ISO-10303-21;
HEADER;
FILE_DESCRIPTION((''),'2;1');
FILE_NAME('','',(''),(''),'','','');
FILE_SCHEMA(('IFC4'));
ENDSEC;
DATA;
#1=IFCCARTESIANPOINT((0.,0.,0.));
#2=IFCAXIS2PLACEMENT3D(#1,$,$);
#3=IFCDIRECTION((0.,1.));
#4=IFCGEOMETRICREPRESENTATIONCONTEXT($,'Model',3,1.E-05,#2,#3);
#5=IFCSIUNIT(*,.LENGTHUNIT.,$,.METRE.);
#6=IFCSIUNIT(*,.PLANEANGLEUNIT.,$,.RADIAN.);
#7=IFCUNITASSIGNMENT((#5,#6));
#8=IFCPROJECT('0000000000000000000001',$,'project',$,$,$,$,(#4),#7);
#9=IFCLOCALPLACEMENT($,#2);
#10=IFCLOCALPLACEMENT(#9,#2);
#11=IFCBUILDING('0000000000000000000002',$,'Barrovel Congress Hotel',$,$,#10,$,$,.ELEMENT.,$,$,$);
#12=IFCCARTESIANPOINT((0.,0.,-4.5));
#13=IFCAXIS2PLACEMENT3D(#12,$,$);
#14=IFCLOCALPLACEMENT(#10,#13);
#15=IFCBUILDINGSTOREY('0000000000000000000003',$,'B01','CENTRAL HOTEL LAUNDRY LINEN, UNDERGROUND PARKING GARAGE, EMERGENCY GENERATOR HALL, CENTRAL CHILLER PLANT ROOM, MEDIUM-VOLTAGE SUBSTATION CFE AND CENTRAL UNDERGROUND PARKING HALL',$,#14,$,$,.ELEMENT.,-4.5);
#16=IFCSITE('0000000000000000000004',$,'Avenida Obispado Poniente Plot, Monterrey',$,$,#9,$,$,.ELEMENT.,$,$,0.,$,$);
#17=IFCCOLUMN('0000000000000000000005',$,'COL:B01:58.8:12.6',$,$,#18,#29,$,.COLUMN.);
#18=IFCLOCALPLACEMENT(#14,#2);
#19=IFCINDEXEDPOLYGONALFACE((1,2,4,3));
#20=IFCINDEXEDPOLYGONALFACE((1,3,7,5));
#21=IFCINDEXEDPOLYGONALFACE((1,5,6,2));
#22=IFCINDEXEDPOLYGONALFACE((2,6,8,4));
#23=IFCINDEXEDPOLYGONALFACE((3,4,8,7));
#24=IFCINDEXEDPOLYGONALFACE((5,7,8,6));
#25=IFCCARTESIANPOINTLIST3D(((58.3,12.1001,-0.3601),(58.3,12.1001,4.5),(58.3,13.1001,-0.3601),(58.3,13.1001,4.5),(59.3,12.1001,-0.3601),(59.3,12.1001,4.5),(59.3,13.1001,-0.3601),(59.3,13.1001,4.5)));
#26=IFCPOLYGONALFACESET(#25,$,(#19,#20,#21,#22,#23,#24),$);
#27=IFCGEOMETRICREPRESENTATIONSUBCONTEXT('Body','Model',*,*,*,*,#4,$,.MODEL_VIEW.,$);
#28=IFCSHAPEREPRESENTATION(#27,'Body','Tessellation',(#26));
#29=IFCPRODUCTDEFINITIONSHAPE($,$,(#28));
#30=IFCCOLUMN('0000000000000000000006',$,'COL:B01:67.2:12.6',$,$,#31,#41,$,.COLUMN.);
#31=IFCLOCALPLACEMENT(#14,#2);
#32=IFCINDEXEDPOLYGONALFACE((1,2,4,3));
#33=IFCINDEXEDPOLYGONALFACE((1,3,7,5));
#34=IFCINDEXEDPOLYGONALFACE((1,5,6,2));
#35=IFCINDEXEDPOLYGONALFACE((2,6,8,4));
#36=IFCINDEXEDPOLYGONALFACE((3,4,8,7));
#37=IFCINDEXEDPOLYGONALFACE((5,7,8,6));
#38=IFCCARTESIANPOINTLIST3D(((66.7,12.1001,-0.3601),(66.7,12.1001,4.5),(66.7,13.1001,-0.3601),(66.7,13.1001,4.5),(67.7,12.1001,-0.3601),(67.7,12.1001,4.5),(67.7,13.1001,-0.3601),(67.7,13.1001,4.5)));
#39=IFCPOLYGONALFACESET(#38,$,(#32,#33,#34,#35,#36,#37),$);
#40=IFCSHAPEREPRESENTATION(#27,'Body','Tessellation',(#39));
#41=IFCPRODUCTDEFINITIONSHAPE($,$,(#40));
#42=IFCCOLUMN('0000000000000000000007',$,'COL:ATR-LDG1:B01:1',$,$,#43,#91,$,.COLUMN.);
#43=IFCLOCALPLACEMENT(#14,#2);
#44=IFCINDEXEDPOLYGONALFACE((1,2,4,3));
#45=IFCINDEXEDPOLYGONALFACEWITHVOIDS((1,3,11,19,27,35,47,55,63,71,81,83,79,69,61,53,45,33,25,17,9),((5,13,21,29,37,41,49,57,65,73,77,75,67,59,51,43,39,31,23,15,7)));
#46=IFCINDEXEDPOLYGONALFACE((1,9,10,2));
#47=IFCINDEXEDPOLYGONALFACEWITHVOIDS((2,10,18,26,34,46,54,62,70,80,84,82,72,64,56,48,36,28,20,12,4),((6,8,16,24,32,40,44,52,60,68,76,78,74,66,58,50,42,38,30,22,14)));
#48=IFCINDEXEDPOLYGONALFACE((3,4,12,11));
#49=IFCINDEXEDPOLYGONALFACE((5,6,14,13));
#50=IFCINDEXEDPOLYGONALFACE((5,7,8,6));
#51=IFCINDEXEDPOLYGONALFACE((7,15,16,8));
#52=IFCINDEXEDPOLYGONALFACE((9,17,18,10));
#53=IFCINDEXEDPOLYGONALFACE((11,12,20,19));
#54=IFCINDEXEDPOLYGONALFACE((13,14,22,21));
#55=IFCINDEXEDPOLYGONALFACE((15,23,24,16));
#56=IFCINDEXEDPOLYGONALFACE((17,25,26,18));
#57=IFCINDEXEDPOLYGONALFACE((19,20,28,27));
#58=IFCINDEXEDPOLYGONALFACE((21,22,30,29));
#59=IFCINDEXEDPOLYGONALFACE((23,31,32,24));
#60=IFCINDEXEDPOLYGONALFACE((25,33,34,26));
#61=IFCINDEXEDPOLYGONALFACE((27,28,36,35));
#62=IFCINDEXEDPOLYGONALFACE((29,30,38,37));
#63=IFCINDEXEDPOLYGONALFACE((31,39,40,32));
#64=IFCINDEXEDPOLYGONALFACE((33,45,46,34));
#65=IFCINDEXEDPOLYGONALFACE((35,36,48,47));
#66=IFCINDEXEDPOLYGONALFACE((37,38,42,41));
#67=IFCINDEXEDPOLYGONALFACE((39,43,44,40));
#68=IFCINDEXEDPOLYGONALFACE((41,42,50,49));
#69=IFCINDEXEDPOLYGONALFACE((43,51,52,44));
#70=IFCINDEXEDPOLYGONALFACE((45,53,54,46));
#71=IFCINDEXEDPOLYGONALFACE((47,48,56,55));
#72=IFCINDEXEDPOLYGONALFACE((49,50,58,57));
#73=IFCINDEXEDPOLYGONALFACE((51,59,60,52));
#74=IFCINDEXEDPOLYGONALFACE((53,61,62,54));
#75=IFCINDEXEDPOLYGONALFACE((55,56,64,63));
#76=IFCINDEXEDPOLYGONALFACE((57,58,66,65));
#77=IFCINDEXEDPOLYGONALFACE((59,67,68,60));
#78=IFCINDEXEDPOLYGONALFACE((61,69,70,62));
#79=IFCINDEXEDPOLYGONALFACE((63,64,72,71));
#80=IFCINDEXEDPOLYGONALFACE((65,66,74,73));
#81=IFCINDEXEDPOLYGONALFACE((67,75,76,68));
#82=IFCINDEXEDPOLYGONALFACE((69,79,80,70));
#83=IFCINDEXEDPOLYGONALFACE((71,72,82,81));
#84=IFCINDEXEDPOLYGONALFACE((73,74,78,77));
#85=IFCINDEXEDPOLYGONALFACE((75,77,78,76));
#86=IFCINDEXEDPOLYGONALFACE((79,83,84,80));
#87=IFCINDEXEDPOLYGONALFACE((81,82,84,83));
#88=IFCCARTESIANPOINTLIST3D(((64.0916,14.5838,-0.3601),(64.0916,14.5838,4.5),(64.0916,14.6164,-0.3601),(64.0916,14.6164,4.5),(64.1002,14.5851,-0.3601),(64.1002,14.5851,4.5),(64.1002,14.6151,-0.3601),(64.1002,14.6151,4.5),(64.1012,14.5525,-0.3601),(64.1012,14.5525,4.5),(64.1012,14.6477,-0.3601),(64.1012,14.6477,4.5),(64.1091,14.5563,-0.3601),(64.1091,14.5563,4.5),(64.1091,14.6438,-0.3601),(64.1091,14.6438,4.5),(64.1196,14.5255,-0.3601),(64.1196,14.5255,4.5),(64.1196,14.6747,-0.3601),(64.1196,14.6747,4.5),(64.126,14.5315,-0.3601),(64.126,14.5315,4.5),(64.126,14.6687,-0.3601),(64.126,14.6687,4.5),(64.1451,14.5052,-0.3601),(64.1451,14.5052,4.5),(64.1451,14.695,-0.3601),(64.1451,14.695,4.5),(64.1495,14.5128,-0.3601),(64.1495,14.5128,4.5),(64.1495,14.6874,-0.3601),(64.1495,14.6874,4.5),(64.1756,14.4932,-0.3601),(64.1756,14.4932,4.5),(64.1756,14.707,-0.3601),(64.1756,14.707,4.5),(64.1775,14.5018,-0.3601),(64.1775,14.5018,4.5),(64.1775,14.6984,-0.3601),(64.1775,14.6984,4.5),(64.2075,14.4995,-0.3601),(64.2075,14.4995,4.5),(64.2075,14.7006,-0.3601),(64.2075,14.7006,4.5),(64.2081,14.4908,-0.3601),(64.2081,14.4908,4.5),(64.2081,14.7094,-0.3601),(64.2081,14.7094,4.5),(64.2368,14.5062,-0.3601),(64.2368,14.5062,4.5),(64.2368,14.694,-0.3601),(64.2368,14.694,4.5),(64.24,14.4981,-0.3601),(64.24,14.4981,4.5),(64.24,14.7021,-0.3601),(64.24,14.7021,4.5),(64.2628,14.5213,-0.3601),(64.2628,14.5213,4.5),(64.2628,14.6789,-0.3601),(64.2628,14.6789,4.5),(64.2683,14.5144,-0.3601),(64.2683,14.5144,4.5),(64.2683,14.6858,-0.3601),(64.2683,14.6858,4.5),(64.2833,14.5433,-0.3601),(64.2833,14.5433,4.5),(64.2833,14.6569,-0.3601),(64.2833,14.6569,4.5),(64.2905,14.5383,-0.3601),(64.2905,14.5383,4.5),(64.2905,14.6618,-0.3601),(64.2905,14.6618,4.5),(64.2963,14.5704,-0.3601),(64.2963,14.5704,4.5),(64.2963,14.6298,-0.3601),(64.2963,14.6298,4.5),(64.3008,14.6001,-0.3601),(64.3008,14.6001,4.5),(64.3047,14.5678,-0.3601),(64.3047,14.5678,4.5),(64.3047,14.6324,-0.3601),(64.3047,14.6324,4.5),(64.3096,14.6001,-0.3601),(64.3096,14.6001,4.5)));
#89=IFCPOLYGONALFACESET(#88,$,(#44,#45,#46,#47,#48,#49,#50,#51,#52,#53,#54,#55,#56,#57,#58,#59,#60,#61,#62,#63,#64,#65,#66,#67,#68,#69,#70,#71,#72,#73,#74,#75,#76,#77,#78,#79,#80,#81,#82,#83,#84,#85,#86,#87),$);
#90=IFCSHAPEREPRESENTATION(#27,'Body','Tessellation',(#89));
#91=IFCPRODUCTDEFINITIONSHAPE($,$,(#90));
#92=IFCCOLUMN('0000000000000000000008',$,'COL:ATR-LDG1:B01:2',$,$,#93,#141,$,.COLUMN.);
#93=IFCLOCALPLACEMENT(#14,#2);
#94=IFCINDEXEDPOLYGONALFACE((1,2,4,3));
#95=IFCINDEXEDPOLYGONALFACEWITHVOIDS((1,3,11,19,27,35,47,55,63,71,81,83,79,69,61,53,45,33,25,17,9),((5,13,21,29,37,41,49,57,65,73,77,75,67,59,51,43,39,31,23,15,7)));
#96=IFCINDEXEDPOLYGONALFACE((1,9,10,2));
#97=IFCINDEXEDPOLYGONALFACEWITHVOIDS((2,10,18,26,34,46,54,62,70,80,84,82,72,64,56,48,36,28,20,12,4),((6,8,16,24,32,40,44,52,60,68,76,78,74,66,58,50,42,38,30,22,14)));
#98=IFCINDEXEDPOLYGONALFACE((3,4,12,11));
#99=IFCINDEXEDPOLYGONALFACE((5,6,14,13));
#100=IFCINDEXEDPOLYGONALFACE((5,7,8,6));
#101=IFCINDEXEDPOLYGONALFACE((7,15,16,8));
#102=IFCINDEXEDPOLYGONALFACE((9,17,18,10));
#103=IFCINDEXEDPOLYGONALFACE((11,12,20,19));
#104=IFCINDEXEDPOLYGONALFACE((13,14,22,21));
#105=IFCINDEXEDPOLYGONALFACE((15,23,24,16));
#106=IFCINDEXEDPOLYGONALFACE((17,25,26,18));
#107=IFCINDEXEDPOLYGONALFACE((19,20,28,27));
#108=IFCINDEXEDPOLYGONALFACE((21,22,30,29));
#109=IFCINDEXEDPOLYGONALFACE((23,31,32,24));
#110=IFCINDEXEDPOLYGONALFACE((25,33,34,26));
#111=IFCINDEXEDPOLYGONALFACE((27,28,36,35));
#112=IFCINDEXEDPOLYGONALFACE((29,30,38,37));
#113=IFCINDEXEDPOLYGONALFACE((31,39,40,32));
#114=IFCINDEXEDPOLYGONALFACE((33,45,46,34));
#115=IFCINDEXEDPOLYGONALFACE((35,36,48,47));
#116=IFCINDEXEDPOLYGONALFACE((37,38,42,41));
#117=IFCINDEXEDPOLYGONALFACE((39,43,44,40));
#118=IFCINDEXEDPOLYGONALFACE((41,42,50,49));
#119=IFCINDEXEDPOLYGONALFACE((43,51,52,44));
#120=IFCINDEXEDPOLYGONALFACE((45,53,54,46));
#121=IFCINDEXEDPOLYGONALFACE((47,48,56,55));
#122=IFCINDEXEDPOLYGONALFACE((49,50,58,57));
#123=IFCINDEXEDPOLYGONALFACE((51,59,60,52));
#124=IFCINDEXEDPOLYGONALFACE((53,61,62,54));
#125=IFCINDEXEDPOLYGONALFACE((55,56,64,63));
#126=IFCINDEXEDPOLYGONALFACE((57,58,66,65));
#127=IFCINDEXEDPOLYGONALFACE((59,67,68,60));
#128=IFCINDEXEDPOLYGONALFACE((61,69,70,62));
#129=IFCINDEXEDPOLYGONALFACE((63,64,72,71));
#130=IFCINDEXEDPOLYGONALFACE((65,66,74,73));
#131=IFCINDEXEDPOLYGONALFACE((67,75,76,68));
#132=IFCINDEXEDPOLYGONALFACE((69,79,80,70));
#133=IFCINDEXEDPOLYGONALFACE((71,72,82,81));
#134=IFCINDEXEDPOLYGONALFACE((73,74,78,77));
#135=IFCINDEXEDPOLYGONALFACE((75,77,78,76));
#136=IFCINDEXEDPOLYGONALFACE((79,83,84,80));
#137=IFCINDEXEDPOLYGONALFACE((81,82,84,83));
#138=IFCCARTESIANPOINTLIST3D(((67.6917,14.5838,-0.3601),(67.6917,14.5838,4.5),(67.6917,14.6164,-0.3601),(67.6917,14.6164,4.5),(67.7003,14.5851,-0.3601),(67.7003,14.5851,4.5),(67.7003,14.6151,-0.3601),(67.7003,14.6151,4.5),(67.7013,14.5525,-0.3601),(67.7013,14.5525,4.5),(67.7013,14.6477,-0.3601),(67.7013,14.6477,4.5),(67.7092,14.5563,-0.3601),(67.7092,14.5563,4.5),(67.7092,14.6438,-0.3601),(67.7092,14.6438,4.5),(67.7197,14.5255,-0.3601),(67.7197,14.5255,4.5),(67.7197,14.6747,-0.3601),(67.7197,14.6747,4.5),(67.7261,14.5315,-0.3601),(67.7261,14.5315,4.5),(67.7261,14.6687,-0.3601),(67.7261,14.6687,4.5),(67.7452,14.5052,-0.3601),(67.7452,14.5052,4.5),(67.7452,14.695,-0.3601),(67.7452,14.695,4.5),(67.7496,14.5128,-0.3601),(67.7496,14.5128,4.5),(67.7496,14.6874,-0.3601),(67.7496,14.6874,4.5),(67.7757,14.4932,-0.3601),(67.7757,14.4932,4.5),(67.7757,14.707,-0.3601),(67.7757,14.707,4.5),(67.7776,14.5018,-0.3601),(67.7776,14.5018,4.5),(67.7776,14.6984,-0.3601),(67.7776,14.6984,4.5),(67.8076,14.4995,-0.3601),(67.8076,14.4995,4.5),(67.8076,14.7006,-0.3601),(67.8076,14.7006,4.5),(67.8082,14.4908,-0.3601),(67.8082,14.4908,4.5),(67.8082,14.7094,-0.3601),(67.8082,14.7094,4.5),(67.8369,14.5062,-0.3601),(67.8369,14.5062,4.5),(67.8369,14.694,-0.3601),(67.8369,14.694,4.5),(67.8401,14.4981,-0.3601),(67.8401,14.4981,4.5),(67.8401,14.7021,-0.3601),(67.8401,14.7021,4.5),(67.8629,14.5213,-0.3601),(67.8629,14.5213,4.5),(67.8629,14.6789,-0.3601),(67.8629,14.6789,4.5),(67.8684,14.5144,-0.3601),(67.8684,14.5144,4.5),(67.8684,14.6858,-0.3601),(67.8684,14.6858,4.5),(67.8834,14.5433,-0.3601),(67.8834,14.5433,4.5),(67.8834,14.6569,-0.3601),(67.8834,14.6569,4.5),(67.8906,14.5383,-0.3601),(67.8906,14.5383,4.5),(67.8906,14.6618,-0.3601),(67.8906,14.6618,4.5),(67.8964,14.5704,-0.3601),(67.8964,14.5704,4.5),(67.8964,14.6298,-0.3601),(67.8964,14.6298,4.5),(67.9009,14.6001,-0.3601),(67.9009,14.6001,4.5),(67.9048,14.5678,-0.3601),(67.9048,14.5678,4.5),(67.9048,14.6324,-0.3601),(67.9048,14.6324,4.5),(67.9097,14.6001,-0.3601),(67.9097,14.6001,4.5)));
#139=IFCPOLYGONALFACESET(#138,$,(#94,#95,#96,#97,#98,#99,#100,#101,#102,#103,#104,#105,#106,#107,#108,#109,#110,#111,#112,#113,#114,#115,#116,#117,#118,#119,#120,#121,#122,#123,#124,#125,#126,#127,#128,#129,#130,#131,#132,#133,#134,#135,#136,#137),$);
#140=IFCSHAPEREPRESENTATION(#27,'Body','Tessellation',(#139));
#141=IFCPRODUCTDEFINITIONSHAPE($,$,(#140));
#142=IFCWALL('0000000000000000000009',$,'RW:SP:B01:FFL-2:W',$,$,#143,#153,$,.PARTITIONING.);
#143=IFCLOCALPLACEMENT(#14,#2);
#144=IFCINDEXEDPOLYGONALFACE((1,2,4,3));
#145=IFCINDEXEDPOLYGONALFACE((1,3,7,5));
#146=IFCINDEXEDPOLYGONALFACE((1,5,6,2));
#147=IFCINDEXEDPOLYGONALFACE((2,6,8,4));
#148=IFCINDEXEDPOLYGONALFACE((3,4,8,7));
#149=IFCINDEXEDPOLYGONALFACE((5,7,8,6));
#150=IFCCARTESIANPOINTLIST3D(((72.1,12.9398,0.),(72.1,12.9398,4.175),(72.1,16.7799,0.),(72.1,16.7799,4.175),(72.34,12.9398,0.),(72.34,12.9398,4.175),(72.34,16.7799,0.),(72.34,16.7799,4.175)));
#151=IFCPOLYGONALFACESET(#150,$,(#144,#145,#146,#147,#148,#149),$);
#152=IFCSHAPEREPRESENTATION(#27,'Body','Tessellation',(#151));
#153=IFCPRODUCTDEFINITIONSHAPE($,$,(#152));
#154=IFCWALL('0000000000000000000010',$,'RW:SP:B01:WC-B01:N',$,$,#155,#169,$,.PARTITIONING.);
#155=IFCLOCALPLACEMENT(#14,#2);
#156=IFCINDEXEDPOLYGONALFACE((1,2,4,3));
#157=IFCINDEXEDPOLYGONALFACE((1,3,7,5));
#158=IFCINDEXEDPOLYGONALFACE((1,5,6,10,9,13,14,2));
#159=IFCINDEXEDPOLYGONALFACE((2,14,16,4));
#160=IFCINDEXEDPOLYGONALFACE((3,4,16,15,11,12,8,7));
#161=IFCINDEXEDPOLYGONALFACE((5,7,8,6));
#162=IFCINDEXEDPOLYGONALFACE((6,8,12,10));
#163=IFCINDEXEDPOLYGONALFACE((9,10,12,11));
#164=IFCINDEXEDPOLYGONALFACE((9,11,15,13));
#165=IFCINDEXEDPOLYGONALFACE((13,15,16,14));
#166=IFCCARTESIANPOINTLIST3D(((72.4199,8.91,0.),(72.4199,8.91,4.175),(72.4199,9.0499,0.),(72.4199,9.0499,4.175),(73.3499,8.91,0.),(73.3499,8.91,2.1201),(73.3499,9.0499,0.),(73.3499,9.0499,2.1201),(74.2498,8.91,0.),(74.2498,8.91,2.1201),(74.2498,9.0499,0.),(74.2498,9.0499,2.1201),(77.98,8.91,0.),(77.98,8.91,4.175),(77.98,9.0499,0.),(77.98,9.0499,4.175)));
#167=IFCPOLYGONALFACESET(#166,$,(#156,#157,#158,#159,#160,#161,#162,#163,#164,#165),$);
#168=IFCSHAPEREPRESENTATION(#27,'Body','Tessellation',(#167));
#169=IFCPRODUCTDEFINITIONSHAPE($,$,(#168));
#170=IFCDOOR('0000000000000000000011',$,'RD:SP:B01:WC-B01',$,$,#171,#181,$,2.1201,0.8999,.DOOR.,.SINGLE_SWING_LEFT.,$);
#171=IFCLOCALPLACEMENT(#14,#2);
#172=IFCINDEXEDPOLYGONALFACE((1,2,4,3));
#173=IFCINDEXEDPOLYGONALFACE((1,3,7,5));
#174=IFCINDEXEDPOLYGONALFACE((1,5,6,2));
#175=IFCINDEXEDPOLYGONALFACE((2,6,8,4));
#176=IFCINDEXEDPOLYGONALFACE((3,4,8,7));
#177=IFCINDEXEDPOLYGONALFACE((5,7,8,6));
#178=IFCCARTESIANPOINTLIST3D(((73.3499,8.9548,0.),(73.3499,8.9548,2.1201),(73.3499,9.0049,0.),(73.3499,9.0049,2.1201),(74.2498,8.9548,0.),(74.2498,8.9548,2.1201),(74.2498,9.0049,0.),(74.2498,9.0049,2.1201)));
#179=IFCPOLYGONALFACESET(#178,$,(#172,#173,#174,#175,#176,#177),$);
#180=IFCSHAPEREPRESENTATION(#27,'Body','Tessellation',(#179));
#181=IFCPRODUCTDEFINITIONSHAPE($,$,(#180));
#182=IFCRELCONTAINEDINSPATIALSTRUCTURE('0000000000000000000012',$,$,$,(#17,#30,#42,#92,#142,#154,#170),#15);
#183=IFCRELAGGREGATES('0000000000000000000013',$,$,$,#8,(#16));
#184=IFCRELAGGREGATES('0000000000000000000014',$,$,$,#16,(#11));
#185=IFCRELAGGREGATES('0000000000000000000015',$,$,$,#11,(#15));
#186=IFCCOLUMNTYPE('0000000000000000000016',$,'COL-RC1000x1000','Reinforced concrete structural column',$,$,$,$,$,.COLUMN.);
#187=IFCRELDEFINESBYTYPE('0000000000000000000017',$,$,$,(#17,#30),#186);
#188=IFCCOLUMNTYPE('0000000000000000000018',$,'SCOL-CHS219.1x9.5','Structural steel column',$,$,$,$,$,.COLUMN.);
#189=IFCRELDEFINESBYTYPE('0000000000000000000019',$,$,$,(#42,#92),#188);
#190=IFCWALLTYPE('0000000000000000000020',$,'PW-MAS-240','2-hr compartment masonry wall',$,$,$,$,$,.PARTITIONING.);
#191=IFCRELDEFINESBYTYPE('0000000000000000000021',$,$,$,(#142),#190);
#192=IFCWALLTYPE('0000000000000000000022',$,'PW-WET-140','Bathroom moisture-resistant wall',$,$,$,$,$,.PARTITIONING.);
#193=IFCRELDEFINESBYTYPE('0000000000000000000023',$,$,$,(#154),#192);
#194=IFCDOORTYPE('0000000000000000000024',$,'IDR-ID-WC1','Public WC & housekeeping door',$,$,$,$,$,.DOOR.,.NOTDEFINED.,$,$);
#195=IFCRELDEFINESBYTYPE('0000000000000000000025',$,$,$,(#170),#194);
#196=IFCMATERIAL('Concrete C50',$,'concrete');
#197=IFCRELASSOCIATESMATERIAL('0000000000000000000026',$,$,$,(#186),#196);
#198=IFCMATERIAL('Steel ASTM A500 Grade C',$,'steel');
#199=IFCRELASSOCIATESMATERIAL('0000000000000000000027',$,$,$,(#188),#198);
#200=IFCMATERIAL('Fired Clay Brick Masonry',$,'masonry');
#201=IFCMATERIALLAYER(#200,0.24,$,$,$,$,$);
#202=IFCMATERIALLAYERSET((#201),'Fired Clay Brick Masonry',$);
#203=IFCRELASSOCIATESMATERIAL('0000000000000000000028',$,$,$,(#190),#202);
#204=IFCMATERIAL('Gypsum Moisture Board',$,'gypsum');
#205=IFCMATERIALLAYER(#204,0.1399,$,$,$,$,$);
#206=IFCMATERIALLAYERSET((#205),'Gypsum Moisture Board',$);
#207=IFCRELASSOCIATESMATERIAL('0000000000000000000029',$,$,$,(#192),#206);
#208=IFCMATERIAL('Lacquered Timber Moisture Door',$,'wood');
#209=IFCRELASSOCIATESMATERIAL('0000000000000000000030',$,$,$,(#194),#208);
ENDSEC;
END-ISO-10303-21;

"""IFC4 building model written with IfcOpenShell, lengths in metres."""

from ifc_helpers import new_model, si_unit, direction, frame, frame_2d, origin, origin_2d, place, context, subcontext, project, spatial, rectangle, hollow_circle, extrude, material, layer, layer_set, material_profile, profile_set, type_object, element, fill, save


model = new_model("IFC4")

# Units and contexts
model_context = context("Model", 3, precision=1e-05, world=origin(), true_north=direction((0.0, 1.0)))
body_context = subcontext(model_context, "Body", "Model", "MODEL_VIEW")
ifc_project = project(units=[si_unit("LENGTHUNIT", "METRE"), si_unit("PLANEANGLEUNIT", "RADIAN")], contexts=[model_context])

# Site, building, storey
site_placement = place(None, origin())
site = spatial("IfcSite", under=ifc_project, at=site_placement, Name="Avenida Obispado Poniente Plot, Monterrey", CompositionType="ELEMENT", RefElevation=0.0)
building_placement = place(site_placement, origin())
building = spatial("IfcBuilding", under=site, at=building_placement, Name="Barrovel Congress Hotel", CompositionType="ELEMENT")
storey_placement = place(building_placement, frame((0.0, 0.0, -4.5)))
storey = spatial("IfcBuildingStorey", under=building, at=storey_placement, Name="B01", Description="CENTRAL HOTEL LAUNDRY LINEN, UNDERGROUND PARKING GARAGE, EMERGENCY GENERATOR HALL, CENTRAL CHILLER PLANT ROOM, MEDIUM-VOLTAGE SUBSTATION CFE AND CENTRAL UNDERGROUND PARKING HALL", CompositionType="ELEMENT", Elevation=-4.5)

# Columns
ifc_material_1 = material(Name="Concrete C50", Category="concrete")
ifc_material_profile_1 = material_profile(ifc_material_1, rectangle(XDim=1.0, YDim=1.0, at=origin_2d()), Name="RC1000x1000")
ifc_profile_set_1 = profile_set([ifc_material_profile_1], Name="Concrete C50")
column_type_1 = type_object("IfcColumnType", Name="COL-RC1000x1000", Description="Reinforced concrete structural column", PredefinedType="COLUMN", material=ifc_profile_set_1)
for number, where, z_axis, x_axis, name in (
    (1, (58.8, 12.6001, -0.3601), (0.0, 0.0, 1.0), (1.0, 0.0, 0.0), "COL:B01:58.8:12.6"),
    (2, (67.2, 12.6001, -0.3601), (0.0, 0.0, 1.0), (1.0, 0.0, 0.0), "COL:B01:67.2:12.6"),
):
    element("IfcColumn", number, at=place(storey_placement, frame(where, z_axis=z_axis, x_axis=x_axis)), inside=storey, type_object=column_type_1, Name=name, PredefinedType="COLUMN", context=body_context, shape_type="SweptSolid", body=[
        extrude(rectangle(XDim=1.0, YDim=1.0, at=origin_2d()), origin(), (0.0, 0.0, 1.0), 4.8601),
    ])
ifc_material_2 = material(Name="Steel ASTM A500 Grade C", Category="steel")
ifc_material_profile_2 = material_profile(ifc_material_2, hollow_circle(Radius=0.1096, WallThickness=0.0088, at=origin_2d()), Name="CHS219.1x9.5")
ifc_profile_set_2 = profile_set([ifc_material_profile_2], Name="Steel ASTM A500 Grade C")
column_type_2 = type_object("IfcColumnType", Name="SCOL-CHS219.1x9.5", Description="Structural steel column", PredefinedType="COLUMN", material=ifc_profile_set_2)
for number, where, z_axis, x_axis, name in (
    (3, (64.2, 14.6001, -0.3601), (0.0, 0.0, 1.0), (1.0, 0.0, 0.0), "COL:ATR-LDG1:B01:1"),
    (4, (67.8, 14.6001, -0.3601), (0.0, 0.0, 1.0), (1.0, 0.0, 0.0), "COL:ATR-LDG1:B01:2"),
):
    element("IfcColumn", number, at=place(storey_placement, frame(where, z_axis=z_axis, x_axis=x_axis)), inside=storey, type_object=column_type_2, Name=name, PredefinedType="COLUMN", context=body_context, shape_type="SweptSolid", body=[
        extrude(hollow_circle(Radius=0.1096, WallThickness=0.0088, at=origin_2d()), origin(), (0.0, 0.0, 1.0), 4.8601),
    ])

# Shared definitions
ifc_material_3 = material(Name="Fired Clay Brick Masonry", Category="masonry")
ifc_layer_1 = layer(ifc_material_3, 0.24)
ifc_layer_set_1 = layer_set([ifc_layer_1], Name="Fired Clay Brick Masonry")
wall_type_1 = type_object("IfcWallType", Name="PW-MAS-240", Description="2-hr compartment masonry wall", PredefinedType="PARTITIONING", material=ifc_layer_set_1)

# Wall
wall_1_placement = place(storey_placement, frame((72.22, 12.9399, 0.0), z_axis=(0.0, 0.0, 1.0), x_axis=(0.0, 1.0, 0.0)))
element("IfcWall", 5, at=wall_1_placement, inside=storey, type_object=wall_type_1, Name="RW:SP:B01:FFL-2:W", PredefinedType="PARTITIONING", context=body_context, shape_type="SweptSolid", body=[
    extrude(rectangle(XDim=3.8401, YDim=0.24, at=frame_2d((1.9199, 0.0))), origin(), (0.0, 0.0, 1.0), 4.175),
])

# Wall, opening, door
ifc_material_4 = material(Name="Gypsum Moisture Board", Category="gypsum")
ifc_layer_2 = layer(ifc_material_4, 0.1399)
ifc_layer_set_2 = layer_set([ifc_layer_2], Name="Gypsum Moisture Board")
wall_type_2 = type_object("IfcWallType", Name="PW-WET-140", Description="Bathroom moisture-resistant wall", PredefinedType="PARTITIONING", material=ifc_layer_set_2)
wall_2_placement = place(storey_placement, frame((72.4199, 8.98, 0.0), z_axis=(0.0, 0.0, 1.0), x_axis=(1.0, 0.0, 0.0)))
wall_2 = element("IfcWall", 6, at=wall_2_placement, inside=storey, type_object=wall_type_2, Name="RW:SP:B01:WC-B01:N", PredefinedType="PARTITIONING", context=body_context, shape_type="SweptSolid", body=[
    extrude(rectangle(XDim=5.5601, YDim=0.1399, at=frame_2d((2.78, 0.0))), origin(), (0.0, 0.0, 1.0), 4.175),
])
opening_1_placement = place(wall_2_placement, frame((0.9299, 0.0, 0.0)))
opening_1 = element("IfcOpeningElement", 7, at=opening_1_placement, cuts=wall_2, PredefinedType="OPENING", context=body_context, shape_type="SweptSolid", body=[
    extrude(rectangle(XDim=0.8999, YDim=2.1201, at=frame_2d((0.45, 1.0601))), frame((0.0, 0.0801, 0.0), z_axis=(0.0, -1.0, 0.0), x_axis=(1.0, 0.0, 0.0)), (0.0, 0.0, 1.0), 0.1599),
])
ifc_material_5 = material(Name="Lacquered Timber Moisture Door", Category="wood")
door_type_1 = type_object("IfcDoorType", Name="IDR-ID-WC1", Description="Public WC & housekeeping door", OperationType="NOTDEFINED", PredefinedType="DOOR", material=ifc_material_5)
door_1_placement = place(opening_1_placement, origin())
door_1 = element("IfcDoor", 8, at=door_1_placement, inside=storey, type_object=door_type_1, Name="RD:SP:B01:WC-B01", OperationType="SINGLE_SWING_LEFT", OverallHeight=2.1201, OverallWidth=0.8999, PredefinedType="DOOR", context=body_context, shape_type="SweptSolid", body=[
    extrude(rectangle(XDim=0.8999, YDim=2.1201, at=frame_2d((0.45, 1.0601))), frame((0.0, 0.0249, 0.0), z_axis=(0.0, -1.0, 0.0), x_axis=(1.0, 0.0, 0.0)), (0.0, 0.0, 1.0), 0.05),
])
fill(opening_1, door_1)

save(model, "model.ifc")
